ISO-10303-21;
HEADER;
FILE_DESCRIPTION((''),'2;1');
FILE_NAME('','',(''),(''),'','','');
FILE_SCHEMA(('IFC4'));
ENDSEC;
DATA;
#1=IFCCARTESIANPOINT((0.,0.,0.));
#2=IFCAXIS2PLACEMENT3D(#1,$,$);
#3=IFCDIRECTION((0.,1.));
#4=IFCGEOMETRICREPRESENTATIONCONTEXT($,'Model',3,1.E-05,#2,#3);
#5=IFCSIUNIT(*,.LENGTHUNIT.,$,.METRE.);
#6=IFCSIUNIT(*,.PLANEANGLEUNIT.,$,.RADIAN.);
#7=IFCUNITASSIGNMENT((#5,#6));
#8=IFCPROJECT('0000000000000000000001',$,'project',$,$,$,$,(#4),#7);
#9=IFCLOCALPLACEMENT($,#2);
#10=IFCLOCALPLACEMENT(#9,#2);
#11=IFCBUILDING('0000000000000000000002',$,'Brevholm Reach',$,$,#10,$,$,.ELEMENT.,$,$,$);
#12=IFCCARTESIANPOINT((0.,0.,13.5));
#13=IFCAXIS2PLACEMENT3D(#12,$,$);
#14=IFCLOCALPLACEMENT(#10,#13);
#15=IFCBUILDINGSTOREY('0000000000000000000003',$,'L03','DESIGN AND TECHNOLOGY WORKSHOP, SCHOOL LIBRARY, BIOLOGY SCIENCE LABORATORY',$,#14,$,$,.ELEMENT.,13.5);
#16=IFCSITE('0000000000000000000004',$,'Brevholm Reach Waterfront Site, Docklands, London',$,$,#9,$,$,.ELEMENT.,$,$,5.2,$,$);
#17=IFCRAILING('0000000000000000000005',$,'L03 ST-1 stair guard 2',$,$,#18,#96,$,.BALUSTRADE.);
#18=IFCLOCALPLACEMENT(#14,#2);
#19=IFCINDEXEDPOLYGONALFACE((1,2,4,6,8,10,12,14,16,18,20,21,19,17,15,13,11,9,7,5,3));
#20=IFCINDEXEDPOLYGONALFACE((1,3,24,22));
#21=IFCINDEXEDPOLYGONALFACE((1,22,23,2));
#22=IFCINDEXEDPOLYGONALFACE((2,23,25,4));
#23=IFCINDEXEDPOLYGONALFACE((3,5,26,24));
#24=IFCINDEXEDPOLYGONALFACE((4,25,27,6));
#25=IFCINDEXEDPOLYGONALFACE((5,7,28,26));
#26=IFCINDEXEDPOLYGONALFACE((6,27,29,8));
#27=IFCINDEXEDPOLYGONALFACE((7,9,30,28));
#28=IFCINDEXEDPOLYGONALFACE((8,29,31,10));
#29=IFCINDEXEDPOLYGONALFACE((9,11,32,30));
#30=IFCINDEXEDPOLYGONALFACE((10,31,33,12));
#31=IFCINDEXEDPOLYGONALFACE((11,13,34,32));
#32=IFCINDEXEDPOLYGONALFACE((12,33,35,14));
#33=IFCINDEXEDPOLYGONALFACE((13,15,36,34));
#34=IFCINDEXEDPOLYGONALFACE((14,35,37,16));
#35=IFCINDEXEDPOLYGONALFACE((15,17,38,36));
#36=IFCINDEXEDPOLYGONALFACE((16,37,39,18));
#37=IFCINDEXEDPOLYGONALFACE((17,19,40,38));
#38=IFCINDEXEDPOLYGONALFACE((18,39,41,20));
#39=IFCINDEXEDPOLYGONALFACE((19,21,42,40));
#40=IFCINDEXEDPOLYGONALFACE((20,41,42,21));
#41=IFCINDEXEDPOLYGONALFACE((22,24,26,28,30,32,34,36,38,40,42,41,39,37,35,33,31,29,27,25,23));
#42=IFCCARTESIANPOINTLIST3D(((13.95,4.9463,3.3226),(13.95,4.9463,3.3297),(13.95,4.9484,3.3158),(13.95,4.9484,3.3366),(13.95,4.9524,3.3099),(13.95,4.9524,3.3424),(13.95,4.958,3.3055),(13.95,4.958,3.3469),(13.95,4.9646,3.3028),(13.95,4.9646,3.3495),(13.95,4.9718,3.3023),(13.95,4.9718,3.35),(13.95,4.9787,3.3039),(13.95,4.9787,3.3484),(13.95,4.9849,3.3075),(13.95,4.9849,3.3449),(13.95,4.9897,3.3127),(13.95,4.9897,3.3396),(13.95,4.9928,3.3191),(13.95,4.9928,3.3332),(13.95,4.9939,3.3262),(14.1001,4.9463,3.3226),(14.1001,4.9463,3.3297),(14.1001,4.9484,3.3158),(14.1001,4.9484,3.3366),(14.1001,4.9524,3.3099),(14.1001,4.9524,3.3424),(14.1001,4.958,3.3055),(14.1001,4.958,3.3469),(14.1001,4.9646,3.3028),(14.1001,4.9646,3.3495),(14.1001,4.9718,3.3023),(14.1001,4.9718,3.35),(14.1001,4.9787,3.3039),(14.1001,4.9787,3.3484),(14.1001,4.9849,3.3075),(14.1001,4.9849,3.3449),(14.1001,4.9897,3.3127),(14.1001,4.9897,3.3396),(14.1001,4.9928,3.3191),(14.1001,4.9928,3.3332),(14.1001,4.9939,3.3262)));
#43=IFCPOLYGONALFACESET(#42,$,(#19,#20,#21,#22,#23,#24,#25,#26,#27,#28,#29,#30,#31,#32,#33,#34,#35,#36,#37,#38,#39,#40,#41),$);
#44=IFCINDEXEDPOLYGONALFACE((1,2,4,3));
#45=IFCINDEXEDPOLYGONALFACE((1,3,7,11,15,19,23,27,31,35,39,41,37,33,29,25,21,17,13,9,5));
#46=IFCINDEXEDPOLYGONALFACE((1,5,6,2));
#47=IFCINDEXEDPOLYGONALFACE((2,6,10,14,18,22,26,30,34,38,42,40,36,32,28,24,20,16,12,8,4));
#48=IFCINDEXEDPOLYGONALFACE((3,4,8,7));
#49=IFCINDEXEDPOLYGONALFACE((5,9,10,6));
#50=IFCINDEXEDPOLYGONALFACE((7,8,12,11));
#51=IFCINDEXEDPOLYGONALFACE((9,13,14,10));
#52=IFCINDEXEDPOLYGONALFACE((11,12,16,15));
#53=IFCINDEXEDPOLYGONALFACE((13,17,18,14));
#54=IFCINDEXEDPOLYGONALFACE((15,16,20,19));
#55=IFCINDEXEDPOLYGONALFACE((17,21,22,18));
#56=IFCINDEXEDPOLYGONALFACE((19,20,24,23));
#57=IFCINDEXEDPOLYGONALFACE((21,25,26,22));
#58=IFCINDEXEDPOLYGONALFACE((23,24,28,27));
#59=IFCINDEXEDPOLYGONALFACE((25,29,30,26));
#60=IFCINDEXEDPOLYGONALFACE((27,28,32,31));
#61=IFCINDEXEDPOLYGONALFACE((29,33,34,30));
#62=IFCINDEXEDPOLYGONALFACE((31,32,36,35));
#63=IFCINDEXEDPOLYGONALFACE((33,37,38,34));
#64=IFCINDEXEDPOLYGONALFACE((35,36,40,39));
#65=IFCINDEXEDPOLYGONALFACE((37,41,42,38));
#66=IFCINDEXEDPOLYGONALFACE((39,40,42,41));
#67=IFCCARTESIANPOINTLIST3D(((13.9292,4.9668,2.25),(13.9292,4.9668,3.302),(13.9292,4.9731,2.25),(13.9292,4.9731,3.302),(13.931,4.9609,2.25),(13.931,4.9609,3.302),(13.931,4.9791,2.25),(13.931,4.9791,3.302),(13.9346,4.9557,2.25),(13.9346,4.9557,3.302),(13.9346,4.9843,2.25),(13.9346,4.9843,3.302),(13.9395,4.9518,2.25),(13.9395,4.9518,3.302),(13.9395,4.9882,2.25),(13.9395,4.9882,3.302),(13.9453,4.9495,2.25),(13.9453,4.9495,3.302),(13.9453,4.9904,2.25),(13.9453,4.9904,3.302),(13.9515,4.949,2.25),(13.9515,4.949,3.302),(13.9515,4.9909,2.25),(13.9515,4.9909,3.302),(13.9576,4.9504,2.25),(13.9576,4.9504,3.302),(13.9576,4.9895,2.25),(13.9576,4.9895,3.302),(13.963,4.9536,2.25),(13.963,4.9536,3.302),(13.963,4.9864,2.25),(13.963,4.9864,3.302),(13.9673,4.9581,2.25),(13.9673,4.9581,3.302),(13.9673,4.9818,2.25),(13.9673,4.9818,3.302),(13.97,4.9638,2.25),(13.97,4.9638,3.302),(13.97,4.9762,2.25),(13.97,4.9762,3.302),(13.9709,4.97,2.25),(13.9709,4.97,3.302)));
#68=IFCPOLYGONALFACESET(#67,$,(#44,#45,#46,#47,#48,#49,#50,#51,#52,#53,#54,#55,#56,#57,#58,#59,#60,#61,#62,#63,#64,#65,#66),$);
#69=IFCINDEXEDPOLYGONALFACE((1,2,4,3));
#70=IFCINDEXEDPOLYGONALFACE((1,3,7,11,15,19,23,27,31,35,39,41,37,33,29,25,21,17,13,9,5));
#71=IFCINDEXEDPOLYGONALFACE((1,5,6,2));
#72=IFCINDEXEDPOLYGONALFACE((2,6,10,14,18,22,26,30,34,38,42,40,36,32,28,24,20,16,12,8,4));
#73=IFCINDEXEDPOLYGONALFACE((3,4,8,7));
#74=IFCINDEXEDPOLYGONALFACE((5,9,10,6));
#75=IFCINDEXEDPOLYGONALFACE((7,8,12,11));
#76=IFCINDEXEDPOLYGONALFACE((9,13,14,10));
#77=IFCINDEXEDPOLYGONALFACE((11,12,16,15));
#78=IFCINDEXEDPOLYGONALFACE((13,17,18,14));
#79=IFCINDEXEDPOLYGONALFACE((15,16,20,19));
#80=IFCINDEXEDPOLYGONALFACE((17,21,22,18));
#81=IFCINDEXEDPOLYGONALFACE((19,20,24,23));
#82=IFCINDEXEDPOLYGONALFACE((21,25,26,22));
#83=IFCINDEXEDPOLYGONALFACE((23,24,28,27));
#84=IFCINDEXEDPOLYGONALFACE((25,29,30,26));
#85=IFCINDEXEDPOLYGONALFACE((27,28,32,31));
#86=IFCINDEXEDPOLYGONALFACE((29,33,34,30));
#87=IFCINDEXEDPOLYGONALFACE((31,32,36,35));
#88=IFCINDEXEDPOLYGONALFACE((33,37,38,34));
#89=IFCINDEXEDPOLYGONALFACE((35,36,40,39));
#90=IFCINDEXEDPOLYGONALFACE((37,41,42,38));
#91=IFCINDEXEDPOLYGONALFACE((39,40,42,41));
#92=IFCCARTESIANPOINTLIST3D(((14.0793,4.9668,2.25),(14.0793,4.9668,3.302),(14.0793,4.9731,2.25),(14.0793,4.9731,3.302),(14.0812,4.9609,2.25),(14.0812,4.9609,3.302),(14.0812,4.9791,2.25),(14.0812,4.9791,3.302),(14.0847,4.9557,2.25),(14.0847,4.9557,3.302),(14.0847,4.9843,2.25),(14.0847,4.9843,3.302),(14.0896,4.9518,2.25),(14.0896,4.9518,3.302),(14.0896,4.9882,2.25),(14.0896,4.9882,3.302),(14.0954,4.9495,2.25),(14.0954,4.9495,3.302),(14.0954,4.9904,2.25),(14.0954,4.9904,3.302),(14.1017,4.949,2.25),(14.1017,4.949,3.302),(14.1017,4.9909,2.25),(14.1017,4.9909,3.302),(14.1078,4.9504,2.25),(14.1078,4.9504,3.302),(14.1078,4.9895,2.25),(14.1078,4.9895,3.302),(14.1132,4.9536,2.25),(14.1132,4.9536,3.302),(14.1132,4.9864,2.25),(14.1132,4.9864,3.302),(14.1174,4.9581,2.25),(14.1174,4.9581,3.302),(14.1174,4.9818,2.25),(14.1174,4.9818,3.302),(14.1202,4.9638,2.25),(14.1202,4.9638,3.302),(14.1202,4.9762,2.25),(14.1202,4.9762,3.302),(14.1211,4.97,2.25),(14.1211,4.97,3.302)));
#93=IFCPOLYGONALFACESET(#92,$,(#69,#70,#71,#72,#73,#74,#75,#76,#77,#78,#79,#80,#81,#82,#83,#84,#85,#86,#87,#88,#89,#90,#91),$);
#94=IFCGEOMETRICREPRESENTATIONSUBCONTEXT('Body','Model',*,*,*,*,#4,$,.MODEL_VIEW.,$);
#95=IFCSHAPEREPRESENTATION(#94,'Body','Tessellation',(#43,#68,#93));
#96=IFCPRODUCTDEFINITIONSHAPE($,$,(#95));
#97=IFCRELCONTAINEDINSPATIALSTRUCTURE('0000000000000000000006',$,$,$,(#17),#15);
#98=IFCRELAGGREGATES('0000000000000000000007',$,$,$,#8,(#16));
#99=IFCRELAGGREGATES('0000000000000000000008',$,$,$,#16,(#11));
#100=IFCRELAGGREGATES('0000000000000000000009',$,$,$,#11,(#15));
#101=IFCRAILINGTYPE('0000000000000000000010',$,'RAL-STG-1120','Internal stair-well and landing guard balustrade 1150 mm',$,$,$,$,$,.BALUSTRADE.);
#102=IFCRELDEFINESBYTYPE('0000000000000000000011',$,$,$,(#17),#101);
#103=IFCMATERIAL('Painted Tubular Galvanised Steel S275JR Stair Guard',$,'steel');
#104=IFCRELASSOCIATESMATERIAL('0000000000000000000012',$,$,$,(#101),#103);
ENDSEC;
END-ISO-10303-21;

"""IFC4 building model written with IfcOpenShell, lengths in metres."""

from ifc_helpers import new_model, si_unit, direction, frame, origin, origin_2d, place, context, subcontext, project, spatial, circle, extrude, material, type_object, element, save


model = new_model("IFC4")

# Units and contexts
model_context = context("Model", 3, precision=1e-05, world=origin(), true_north=direction((0.0, 1.0)))
body_context = subcontext(model_context, "Body", "Model", "MODEL_VIEW")
ifc_project = project(units=[si_unit("LENGTHUNIT", "METRE"), si_unit("PLANEANGLEUNIT", "RADIAN")], contexts=[model_context])

# Site, building, storey
site_placement = place(None, origin())
site = spatial("IfcSite", under=ifc_project, at=site_placement, Name="Brevholm Reach Waterfront Site, Docklands, London", CompositionType="ELEMENT", RefElevation=5.2)
building_placement = place(site_placement, origin())
building = spatial("IfcBuilding", under=site, at=building_placement, Name="Brevholm Reach", CompositionType="ELEMENT")
storey_placement = place(building_placement, frame((0.0, 0.0, 13.5)))
storey = spatial("IfcBuildingStorey", under=building, at=storey_placement, Name="L03", Description="DESIGN AND TECHNOLOGY WORKSHOP, SCHOOL LIBRARY, BIOLOGY SCIENCE LABORATORY", CompositionType="ELEMENT", Elevation=13.5)

# Railing
ifc_material_1 = material(Name="Painted Tubular Galvanised Steel S275JR Stair Guard", Category="steel")
railing_type_1 = type_object("IfcRailingType", Name="RAL-STG-1120", Description="Internal stair-well and landing guard balustrade 1150 mm", PredefinedType="BALUSTRADE", material=ifc_material_1)
railing_1_placement = place(storey_placement, frame((13.95, 4.97, 2.25)))
element("IfcRailing", 1, at=railing_1_placement, inside=storey, type_object=railing_type_1, Name="L03 ST-1 stair guard 2", PredefinedType="BALUSTRADE", context=body_context, shape_type="SweptSolid", body=[
    extrude(circle(Radius=0.0239, at=origin_2d()), frame((0.0, 0.0, 1.0762), z_axis=(1.0, 0.0, 0.0), x_axis=(0.0, 1.0, 0.0)), (0.0, 0.0, 1.0), 0.1501),
    extrude(circle(Radius=0.021, at=origin_2d()), origin(), (0.0, 0.0, 1.0), 1.052),
    extrude(circle(Radius=0.021, at=origin_2d()), frame((0.1501, 0.0, 0.0)), (0.0, 0.0, 1.0), 1.052),
])

save(model, "model.ifc")
